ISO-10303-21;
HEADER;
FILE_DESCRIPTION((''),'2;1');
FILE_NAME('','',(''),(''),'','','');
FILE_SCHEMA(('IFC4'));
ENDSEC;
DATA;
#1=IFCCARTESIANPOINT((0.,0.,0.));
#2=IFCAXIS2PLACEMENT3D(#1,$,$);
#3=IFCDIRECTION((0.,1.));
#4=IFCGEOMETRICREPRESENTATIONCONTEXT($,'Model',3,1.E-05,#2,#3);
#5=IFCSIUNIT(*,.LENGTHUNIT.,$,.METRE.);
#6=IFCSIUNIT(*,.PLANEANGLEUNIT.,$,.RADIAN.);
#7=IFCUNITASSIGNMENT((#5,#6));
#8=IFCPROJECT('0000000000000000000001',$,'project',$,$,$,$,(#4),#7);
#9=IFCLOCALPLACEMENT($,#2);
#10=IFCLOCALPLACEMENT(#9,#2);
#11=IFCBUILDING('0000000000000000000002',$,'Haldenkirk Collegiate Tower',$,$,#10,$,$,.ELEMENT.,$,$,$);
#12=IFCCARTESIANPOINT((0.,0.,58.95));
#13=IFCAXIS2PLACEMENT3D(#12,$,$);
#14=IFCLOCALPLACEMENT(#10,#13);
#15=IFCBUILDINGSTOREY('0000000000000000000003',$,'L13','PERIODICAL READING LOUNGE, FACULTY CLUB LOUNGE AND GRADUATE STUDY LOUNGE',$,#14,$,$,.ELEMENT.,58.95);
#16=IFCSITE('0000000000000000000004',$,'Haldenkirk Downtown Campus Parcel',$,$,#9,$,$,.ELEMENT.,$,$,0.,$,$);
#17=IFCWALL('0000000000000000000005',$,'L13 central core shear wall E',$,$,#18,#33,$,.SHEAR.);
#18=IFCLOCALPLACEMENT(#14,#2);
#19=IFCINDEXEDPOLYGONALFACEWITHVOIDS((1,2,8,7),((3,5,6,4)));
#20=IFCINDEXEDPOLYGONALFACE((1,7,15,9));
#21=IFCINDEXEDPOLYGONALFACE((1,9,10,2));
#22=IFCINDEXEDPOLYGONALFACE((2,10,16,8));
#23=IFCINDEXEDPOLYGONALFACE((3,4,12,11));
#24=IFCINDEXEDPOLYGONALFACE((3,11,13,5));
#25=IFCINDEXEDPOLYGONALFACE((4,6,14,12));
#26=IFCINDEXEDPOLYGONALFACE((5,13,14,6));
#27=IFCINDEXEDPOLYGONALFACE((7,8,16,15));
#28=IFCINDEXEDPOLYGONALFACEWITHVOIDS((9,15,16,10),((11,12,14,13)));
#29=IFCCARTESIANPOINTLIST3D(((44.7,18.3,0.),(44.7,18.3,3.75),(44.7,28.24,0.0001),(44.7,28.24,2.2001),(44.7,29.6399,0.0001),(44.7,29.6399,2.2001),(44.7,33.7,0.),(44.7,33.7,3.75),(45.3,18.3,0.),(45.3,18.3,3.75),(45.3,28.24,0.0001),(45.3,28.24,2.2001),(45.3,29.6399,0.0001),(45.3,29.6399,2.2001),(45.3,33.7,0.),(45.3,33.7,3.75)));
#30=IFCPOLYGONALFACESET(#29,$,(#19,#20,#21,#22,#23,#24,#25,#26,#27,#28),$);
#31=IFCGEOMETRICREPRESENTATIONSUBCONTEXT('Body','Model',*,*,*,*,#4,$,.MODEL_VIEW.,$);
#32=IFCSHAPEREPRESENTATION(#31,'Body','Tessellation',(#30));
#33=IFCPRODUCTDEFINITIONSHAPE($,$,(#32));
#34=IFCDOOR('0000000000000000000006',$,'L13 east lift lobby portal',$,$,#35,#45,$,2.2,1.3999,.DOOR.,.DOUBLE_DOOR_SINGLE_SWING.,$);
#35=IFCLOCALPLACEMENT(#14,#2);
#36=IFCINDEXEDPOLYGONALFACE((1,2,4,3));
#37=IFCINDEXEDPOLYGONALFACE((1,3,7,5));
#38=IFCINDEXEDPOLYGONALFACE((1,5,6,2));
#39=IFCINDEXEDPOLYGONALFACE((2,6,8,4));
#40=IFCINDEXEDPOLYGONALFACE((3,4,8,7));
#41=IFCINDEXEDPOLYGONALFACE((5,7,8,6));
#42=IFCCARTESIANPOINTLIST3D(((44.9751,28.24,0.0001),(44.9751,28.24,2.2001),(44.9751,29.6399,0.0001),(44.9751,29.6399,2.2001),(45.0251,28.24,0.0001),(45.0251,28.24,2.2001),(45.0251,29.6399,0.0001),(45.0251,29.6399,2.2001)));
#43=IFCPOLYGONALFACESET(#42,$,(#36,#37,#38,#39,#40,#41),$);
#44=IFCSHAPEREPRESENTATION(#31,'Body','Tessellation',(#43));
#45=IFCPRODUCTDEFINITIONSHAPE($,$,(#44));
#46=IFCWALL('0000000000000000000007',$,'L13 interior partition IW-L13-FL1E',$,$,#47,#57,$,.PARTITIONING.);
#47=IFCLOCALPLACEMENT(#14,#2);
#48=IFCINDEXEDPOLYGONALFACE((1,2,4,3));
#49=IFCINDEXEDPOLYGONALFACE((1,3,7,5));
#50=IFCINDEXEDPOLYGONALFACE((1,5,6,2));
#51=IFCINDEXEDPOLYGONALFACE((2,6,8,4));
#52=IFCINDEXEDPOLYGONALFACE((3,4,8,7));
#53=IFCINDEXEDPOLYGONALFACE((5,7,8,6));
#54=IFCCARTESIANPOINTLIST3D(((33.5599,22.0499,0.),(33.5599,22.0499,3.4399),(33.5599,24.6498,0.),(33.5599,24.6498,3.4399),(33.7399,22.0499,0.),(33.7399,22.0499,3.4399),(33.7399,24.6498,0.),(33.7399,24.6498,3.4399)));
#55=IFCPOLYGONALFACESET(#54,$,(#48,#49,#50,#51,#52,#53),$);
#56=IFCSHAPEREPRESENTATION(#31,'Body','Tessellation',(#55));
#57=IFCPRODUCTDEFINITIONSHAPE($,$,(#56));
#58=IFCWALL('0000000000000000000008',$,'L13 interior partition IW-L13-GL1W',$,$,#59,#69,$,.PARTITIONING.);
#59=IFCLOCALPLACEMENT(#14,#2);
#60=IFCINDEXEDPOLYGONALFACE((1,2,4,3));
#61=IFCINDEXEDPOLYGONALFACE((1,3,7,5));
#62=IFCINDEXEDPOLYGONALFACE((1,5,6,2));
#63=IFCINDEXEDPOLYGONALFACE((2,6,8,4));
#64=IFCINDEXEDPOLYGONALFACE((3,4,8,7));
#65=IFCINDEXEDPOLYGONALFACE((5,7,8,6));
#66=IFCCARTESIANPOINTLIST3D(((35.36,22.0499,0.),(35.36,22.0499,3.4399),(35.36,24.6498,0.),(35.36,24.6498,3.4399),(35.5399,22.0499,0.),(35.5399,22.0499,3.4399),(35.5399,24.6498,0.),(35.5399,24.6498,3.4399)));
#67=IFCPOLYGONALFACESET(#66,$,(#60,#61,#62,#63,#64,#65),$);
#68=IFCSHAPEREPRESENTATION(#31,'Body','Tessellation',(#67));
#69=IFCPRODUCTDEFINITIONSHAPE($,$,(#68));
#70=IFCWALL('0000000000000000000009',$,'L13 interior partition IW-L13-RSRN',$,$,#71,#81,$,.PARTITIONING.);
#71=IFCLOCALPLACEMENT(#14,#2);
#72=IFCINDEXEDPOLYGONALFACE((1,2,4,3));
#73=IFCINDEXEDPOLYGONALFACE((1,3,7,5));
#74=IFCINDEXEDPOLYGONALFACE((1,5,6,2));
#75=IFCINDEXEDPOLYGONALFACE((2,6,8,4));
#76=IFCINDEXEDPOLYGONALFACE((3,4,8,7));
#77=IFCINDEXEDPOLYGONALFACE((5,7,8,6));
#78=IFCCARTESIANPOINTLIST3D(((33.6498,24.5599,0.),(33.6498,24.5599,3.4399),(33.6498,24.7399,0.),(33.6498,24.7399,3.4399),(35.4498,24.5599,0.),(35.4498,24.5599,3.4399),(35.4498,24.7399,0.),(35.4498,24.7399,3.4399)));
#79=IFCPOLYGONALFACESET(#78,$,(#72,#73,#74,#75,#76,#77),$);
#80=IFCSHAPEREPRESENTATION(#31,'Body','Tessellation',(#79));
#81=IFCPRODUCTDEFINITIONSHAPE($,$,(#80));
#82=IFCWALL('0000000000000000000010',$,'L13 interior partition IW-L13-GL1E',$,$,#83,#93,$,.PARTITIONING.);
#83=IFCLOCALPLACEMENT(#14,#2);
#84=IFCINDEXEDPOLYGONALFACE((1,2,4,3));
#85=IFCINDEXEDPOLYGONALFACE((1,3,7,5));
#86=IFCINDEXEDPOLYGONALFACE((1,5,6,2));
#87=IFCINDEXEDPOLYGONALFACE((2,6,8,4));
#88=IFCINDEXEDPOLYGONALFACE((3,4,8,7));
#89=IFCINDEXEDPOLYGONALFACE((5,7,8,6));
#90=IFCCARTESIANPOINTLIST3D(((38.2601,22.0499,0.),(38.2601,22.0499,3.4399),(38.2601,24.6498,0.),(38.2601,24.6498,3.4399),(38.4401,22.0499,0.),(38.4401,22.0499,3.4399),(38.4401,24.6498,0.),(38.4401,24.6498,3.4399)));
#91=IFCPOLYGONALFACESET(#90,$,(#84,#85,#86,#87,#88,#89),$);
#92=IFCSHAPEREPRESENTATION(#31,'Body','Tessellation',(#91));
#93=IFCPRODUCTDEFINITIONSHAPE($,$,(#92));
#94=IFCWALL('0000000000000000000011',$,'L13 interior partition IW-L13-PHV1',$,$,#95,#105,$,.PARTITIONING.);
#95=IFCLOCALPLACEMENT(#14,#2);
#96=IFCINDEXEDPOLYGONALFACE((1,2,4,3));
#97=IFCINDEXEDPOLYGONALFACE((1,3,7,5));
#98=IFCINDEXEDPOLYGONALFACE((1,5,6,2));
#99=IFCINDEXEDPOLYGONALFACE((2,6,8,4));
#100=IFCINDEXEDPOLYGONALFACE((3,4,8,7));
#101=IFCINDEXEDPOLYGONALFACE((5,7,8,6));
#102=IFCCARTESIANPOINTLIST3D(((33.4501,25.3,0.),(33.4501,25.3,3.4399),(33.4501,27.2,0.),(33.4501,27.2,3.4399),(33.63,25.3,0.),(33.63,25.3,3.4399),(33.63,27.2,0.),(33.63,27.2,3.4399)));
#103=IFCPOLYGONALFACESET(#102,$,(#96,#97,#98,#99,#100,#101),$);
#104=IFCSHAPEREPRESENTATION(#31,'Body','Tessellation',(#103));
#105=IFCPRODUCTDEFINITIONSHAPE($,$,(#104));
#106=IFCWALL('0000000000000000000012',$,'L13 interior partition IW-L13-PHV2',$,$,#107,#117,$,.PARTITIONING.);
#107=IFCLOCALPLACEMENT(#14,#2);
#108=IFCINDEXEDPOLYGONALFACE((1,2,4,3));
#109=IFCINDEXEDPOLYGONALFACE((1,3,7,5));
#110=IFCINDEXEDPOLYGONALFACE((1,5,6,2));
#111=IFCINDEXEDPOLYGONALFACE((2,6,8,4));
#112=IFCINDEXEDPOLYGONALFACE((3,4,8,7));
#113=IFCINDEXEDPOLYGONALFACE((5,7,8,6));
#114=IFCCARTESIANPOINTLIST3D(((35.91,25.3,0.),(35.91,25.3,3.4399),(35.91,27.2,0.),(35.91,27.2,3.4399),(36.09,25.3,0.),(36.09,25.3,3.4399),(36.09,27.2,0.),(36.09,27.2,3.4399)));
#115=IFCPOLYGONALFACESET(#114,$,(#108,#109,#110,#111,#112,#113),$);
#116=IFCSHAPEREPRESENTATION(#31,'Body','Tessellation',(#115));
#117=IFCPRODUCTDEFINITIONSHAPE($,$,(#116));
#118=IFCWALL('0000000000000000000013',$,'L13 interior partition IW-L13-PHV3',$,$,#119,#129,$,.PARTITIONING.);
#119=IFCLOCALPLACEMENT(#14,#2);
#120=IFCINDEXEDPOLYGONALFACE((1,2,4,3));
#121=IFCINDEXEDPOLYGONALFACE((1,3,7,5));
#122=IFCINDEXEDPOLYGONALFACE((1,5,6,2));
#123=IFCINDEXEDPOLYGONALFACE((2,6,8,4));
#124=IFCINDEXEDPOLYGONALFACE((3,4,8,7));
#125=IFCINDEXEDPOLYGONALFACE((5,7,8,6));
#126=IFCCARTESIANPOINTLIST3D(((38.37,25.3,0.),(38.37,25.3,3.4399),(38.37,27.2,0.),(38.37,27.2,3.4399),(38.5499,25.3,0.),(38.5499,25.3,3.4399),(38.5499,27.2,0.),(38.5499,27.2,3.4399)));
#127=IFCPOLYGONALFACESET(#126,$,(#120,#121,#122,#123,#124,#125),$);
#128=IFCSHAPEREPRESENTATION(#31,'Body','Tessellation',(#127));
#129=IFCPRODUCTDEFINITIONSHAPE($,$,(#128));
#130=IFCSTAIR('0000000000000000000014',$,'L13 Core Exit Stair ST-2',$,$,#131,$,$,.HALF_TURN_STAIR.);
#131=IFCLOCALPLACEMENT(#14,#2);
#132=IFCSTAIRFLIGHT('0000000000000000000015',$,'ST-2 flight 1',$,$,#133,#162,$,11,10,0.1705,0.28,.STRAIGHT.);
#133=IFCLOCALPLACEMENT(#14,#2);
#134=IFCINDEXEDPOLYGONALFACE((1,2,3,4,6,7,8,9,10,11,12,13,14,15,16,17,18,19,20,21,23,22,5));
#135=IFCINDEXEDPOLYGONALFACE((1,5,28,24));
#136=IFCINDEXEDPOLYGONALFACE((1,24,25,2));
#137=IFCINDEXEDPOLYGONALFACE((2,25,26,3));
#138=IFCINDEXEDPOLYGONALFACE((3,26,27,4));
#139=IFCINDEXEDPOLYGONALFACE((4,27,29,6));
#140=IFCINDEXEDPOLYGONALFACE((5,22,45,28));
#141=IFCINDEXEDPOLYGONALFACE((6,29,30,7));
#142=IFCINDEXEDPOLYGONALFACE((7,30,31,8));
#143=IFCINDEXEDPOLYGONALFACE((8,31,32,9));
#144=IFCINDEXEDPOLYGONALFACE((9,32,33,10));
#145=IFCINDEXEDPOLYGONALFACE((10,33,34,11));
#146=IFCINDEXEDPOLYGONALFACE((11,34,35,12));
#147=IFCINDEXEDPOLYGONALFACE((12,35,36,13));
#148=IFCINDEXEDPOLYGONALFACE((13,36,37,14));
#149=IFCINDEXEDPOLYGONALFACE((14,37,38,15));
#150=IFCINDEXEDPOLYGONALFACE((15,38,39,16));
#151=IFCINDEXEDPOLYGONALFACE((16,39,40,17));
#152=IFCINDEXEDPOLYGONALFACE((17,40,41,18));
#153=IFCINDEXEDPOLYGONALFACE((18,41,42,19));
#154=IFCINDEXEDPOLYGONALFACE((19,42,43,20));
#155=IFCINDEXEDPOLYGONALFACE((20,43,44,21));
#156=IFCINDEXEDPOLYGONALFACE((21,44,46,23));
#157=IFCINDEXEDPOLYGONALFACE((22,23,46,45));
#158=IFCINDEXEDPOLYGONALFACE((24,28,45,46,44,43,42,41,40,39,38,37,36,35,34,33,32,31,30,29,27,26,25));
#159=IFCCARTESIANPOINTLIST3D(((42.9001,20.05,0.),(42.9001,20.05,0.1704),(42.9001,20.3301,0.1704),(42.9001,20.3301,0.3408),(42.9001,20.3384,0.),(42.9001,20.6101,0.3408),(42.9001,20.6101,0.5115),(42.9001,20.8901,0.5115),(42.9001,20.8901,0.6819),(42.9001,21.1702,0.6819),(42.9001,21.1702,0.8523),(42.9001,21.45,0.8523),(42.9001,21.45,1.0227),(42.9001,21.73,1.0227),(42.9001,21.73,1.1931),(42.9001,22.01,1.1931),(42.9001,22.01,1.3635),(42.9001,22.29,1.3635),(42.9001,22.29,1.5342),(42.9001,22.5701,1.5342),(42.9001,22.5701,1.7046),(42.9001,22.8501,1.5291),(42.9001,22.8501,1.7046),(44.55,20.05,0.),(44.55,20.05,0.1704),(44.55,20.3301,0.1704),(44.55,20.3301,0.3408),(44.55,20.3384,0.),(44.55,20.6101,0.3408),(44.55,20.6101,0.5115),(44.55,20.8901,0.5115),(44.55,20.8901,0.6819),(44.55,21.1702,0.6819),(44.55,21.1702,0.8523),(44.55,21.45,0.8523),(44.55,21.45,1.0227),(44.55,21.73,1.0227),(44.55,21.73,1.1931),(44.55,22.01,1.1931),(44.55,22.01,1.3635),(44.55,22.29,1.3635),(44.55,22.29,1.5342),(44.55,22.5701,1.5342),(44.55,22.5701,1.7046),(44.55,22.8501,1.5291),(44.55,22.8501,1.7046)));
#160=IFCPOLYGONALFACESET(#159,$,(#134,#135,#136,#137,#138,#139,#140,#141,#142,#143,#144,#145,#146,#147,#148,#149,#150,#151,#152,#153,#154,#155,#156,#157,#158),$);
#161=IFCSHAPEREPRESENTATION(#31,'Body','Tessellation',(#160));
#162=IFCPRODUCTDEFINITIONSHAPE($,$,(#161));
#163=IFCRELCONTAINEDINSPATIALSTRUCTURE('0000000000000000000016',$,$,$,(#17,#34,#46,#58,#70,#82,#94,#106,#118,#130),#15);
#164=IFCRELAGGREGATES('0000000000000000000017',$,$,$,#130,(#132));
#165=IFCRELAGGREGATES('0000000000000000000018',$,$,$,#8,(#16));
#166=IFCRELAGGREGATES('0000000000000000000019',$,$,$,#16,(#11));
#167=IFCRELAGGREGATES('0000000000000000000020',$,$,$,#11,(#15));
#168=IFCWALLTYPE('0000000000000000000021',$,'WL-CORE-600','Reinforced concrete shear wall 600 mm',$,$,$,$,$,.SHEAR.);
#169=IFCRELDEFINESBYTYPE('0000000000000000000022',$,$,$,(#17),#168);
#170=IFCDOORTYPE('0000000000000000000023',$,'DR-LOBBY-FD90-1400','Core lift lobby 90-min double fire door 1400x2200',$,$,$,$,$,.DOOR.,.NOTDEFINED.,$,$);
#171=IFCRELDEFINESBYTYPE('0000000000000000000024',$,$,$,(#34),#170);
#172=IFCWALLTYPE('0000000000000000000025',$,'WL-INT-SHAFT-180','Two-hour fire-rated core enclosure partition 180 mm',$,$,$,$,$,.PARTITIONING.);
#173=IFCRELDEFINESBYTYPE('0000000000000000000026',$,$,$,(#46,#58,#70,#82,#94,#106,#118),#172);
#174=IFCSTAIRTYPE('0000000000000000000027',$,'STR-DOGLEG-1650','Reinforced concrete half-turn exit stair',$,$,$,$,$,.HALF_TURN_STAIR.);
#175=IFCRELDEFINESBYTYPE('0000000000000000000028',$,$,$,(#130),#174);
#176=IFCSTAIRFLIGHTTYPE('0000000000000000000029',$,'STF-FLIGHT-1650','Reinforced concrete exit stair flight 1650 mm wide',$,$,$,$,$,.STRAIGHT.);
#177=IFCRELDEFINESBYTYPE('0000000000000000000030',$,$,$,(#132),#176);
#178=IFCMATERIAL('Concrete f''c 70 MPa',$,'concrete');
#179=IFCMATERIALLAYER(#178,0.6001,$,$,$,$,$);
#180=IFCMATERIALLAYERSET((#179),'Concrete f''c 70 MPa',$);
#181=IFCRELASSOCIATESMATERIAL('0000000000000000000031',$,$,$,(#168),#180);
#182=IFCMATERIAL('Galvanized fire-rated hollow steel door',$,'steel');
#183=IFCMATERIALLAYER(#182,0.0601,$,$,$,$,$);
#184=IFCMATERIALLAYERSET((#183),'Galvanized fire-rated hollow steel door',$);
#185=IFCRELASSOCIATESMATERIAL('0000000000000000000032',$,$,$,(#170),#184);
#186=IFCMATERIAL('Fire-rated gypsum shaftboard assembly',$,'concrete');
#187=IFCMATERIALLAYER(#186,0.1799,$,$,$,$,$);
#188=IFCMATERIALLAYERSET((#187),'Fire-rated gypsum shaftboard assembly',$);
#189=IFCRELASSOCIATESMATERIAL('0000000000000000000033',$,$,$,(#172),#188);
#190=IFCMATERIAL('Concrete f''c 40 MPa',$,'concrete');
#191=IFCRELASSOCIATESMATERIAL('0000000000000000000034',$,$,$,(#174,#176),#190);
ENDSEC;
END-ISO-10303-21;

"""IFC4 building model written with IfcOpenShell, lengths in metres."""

from ifc_helpers import new_model, si_unit, direction, frame, frame_2d, origin, place, context, subcontext, project, spatial, polyline, rectangle, outline, extrude, material, layer, layer_set, type_object, element, fill, aggregate, save


model = new_model("IFC4")

# Units and contexts
model_context = context("Model", 3, precision=1e-05, world=origin(), true_north=direction((0.0, 1.0)))
body_context = subcontext(model_context, "Body", "Model", "MODEL_VIEW")
ifc_project = project(units=[si_unit("LENGTHUNIT", "METRE"), si_unit("PLANEANGLEUNIT", "RADIAN")], contexts=[model_context])

# Site, building, storey
site_placement = place(None, origin())
site = spatial("IfcSite", under=ifc_project, at=site_placement, Name="Haldenkirk Downtown Campus Parcel", CompositionType="ELEMENT", RefElevation=0.0)
building_placement = place(site_placement, origin())
building = spatial("IfcBuilding", under=site, at=building_placement, Name="Haldenkirk Collegiate Tower", CompositionType="ELEMENT")
storey_placement = place(building_placement, frame((0.0, 0.0, 58.95)))
storey = spatial("IfcBuildingStorey", under=building, at=storey_placement, Name="L13", Description="PERIODICAL READING LOUNGE, FACULTY CLUB LOUNGE AND GRADUATE STUDY LOUNGE", CompositionType="ELEMENT", Elevation=58.95)

# Wall, opening, door
ifc_material_1 = material(Name="Concrete f'c 70 MPa", Category="concrete")
ifc_layer_1 = layer(ifc_material_1, 0.6001)
ifc_layer_set_1 = layer_set([ifc_layer_1], Name="Concrete f'c 70 MPa")
wall_type_1 = type_object("IfcWallType", Name="WL-CORE-600", Description="Reinforced concrete shear wall 600 mm", PredefinedType="SHEAR", material=ifc_layer_set_1)
wall_1_placement = place(storey_placement, frame((45.0, 18.3, 0.0), z_axis=(0.0, 0.0, 1.0), x_axis=(0.0, 1.0, 0.0)))
wall_1 = element("IfcWall", 1, at=wall_1_placement, inside=storey, type_object=wall_type_1, Name="L13 central core shear wall E", PredefinedType="SHEAR", context=body_context, shape_type="SweptSolid", body=[
    extrude(rectangle(XDim=15.3999, YDim=0.6001, at=frame_2d((7.7, 0.0))), origin(), (0.0, 0.0, 1.0), 3.75),
])
opening_1_placement = place(wall_1_placement, frame((9.9399, 0.0, 0.0)))
opening_1 = element("IfcOpeningElement", 2, at=opening_1_placement, cuts=wall_1, PredefinedType="OPENING", context=body_context, shape_type="SweptSolid", body=[
    extrude(rectangle(XDim=1.3999, YDim=2.2, at=frame_2d((0.7, 1.1001))), frame((0.0, 0.3101, 0.0), z_axis=(0.0, -1.0, 0.0), x_axis=(1.0, 0.0, 0.0)), (0.0, 0.0, 1.0), 0.6201),
])
ifc_material_2 = material(Name="Galvanized fire-rated hollow steel door", Category="steel")
ifc_layer_2 = layer(ifc_material_2, 0.0601)
ifc_layer_set_2 = layer_set([ifc_layer_2], Name="Galvanized fire-rated hollow steel door")
door_type_1 = type_object("IfcDoorType", Name="DR-LOBBY-FD90-1400", Description="Core lift lobby 90-min double fire door 1400x2200", OperationType="NOTDEFINED", PredefinedType="DOOR", material=ifc_layer_set_2)
door_1_placement = place(opening_1_placement, origin())
door_1 = element("IfcDoor", 3, at=door_1_placement, inside=storey, type_object=door_type_1, Name="L13 east lift lobby portal", OperationType="DOUBLE_DOOR_SINGLE_SWING", OverallHeight=2.2, OverallWidth=1.3999, PredefinedType="DOOR", context=body_context, shape_type="SweptSolid", body=[
    extrude(rectangle(XDim=1.3999, YDim=2.2, at=frame_2d((0.7, 1.1001))), frame((0.0, 0.0249, 0.0), z_axis=(0.0, -1.0, 0.0), x_axis=(1.0, 0.0, 0.0)), (0.0, 0.0, 1.0), 0.05),
])
fill(opening_1, door_1)

# Walls
ifc_material_3 = material(Name="Fire-rated gypsum shaftboard assembly", Category="concrete")
ifc_layer_3 = layer(ifc_material_3, 0.1799)
ifc_layer_set_3 = layer_set([ifc_layer_3], Name="Fire-rated gypsum shaftboard assembly")
wall_type_2 = type_object("IfcWallType", Name="WL-INT-SHAFT-180", Description="Two-hour fire-rated core enclosure partition 180 mm", PredefinedType="PARTITIONING", material=ifc_layer_set_3)
for number, where, z_axis, x_axis, name in (
    (4, (33.6499, 22.05, 0.0), (0.0, 0.0, 1.0), (0.0, 1.0, 0.0), "L13 interior partition IW-L13-FL1E"),
    (5, (35.45, 22.05, 0.0), (0.0, 0.0, 1.0), (0.0, 1.0, 0.0), "L13 interior partition IW-L13-GL1W"),
):
    element("IfcWall", number, at=place(storey_placement, frame(where, z_axis=z_axis, x_axis=x_axis)), inside=storey, type_object=wall_type_2, Name=name, PredefinedType="PARTITIONING", context=body_context, shape_type="SweptSolid", body=[
        extrude(rectangle(XDim=2.5999, YDim=0.1799, at=frame_2d((1.2998, 0.0))), origin(), (0.0, 0.0, 1.0), 3.4399),
    ])
wall_2_placement = place(storey_placement, frame((33.6499, 24.6499, 0.0), z_axis=(0.0, 0.0, 1.0), x_axis=(1.0, 0.0, 0.0)))
element("IfcWall", 6, at=wall_2_placement, inside=storey, type_object=wall_type_2, Name="L13 interior partition IW-L13-RSRN", PredefinedType="PARTITIONING", context=body_context, shape_type="SweptSolid", body=[
    extrude(rectangle(XDim=1.8, YDim=0.1799, at=frame_2d((0.8999, 0.0))), origin(), (0.0, 0.0, 1.0), 3.4399),
])
wall_3_placement = place(storey_placement, frame((38.3501, 22.05, 0.0), z_axis=(0.0, 0.0, 1.0), x_axis=(0.0, 1.0, 0.0)))
element("IfcWall", 7, at=wall_3_placement, inside=storey, type_object=wall_type_2, Name="L13 interior partition IW-L13-GL1E", PredefinedType="PARTITIONING", context=body_context, shape_type="SweptSolid", body=[
    extrude(rectangle(XDim=2.5999, YDim=0.1799, at=frame_2d((1.2998, 0.0))), origin(), (0.0, 0.0, 1.0), 3.4399),
])
for number, where, z_axis, x_axis, name in (
    (8, (33.54, 25.3, 0.0), (0.0, 0.0, 1.0), (0.0, 1.0, 0.0), "L13 interior partition IW-L13-PHV1"),
    (9, (36.0, 25.3, 0.0), (0.0, 0.0, 1.0), (0.0, 1.0, 0.0), "L13 interior partition IW-L13-PHV2"),
    (10, (38.46, 25.3, 0.0), (0.0, 0.0, 1.0), (0.0, 1.0, 0.0), "L13 interior partition IW-L13-PHV3"),
):
    element("IfcWall", number, at=place(storey_placement, frame(where, z_axis=z_axis, x_axis=x_axis)), inside=storey, type_object=wall_type_2, Name=name, PredefinedType="PARTITIONING", context=body_context, shape_type="SweptSolid", body=[
        extrude(rectangle(XDim=1.8999, YDim=0.1799, at=frame_2d((0.95, 0.0))), origin(), (0.0, 0.0, 1.0), 3.4399),
    ])

# Stair, stair flight
ifc_material_4 = material(Name="Concrete f'c 40 MPa", Category="concrete")
stair_type = type_object("IfcStairType", Name="STR-DOGLEG-1650", Description="Reinforced concrete half-turn exit stair", PredefinedType="HALF_TURN_STAIR", material=ifc_material_4)
stair_placement = place(storey_placement, origin())
stair = element("IfcStair", 11, at=stair_placement, inside=storey, type_object=stair_type, Name="L13 Core Exit Stair ST-2", PredefinedType="HALF_TURN_STAIR")
stair_flight_type = type_object("IfcStairFlightType", Name="STF-FLIGHT-1650", Description="Reinforced concrete exit stair flight 1650 mm wide", PredefinedType="STRAIGHT", material=ifc_material_4)
stair_flight_1_placement = place(storey_placement, frame((43.7251, 20.05, 0.0), z_axis=(0.0, 0.0, 1.0), x_axis=(0.0, 1.0, 0.0)))
stair_flight_1 = element("IfcStairFlight", 12, at=stair_flight_1_placement, type_object=stair_flight_type, Name="ST-2 flight 1", NumberOfRisers=11, NumberOfTreads=10, PredefinedType="STRAIGHT", RiserHeight=0.1705, TreadLength=0.28, context=body_context, shape_type="SweptSolid", body=[
    extrude(outline(polyline([(0.0, 0.0), (0.0, 0.1704), (0.28, 0.1704), (0.28, 0.3408), (0.5601, 0.3408), (0.5601, 0.5115), (0.8401, 0.5115), (0.8401, 0.6819), (1.1201, 0.6819), (1.1201, 0.8523), (1.3999, 0.8523), (1.3999, 1.0227), (1.6799, 1.0227), (1.6799, 1.1931), (1.96, 1.1931), (1.96, 1.3635), (2.24, 1.3635), (2.24, 1.5342), (2.52, 1.5342), (2.52, 1.7046), (2.8, 1.7046), (2.8, 1.875), (2.8, 1.5291), (0.2883, 0.0), (0.0, 0.0)])), frame((0.0, 0.825, 0.0), z_axis=(0.0, -1.0, 0.0), x_axis=(1.0, 0.0, 0.0)), (0.0, 0.0, 1.0), 1.6499),
])
aggregate(stair, [stair_flight_1])

save(model, "model.ifc")
